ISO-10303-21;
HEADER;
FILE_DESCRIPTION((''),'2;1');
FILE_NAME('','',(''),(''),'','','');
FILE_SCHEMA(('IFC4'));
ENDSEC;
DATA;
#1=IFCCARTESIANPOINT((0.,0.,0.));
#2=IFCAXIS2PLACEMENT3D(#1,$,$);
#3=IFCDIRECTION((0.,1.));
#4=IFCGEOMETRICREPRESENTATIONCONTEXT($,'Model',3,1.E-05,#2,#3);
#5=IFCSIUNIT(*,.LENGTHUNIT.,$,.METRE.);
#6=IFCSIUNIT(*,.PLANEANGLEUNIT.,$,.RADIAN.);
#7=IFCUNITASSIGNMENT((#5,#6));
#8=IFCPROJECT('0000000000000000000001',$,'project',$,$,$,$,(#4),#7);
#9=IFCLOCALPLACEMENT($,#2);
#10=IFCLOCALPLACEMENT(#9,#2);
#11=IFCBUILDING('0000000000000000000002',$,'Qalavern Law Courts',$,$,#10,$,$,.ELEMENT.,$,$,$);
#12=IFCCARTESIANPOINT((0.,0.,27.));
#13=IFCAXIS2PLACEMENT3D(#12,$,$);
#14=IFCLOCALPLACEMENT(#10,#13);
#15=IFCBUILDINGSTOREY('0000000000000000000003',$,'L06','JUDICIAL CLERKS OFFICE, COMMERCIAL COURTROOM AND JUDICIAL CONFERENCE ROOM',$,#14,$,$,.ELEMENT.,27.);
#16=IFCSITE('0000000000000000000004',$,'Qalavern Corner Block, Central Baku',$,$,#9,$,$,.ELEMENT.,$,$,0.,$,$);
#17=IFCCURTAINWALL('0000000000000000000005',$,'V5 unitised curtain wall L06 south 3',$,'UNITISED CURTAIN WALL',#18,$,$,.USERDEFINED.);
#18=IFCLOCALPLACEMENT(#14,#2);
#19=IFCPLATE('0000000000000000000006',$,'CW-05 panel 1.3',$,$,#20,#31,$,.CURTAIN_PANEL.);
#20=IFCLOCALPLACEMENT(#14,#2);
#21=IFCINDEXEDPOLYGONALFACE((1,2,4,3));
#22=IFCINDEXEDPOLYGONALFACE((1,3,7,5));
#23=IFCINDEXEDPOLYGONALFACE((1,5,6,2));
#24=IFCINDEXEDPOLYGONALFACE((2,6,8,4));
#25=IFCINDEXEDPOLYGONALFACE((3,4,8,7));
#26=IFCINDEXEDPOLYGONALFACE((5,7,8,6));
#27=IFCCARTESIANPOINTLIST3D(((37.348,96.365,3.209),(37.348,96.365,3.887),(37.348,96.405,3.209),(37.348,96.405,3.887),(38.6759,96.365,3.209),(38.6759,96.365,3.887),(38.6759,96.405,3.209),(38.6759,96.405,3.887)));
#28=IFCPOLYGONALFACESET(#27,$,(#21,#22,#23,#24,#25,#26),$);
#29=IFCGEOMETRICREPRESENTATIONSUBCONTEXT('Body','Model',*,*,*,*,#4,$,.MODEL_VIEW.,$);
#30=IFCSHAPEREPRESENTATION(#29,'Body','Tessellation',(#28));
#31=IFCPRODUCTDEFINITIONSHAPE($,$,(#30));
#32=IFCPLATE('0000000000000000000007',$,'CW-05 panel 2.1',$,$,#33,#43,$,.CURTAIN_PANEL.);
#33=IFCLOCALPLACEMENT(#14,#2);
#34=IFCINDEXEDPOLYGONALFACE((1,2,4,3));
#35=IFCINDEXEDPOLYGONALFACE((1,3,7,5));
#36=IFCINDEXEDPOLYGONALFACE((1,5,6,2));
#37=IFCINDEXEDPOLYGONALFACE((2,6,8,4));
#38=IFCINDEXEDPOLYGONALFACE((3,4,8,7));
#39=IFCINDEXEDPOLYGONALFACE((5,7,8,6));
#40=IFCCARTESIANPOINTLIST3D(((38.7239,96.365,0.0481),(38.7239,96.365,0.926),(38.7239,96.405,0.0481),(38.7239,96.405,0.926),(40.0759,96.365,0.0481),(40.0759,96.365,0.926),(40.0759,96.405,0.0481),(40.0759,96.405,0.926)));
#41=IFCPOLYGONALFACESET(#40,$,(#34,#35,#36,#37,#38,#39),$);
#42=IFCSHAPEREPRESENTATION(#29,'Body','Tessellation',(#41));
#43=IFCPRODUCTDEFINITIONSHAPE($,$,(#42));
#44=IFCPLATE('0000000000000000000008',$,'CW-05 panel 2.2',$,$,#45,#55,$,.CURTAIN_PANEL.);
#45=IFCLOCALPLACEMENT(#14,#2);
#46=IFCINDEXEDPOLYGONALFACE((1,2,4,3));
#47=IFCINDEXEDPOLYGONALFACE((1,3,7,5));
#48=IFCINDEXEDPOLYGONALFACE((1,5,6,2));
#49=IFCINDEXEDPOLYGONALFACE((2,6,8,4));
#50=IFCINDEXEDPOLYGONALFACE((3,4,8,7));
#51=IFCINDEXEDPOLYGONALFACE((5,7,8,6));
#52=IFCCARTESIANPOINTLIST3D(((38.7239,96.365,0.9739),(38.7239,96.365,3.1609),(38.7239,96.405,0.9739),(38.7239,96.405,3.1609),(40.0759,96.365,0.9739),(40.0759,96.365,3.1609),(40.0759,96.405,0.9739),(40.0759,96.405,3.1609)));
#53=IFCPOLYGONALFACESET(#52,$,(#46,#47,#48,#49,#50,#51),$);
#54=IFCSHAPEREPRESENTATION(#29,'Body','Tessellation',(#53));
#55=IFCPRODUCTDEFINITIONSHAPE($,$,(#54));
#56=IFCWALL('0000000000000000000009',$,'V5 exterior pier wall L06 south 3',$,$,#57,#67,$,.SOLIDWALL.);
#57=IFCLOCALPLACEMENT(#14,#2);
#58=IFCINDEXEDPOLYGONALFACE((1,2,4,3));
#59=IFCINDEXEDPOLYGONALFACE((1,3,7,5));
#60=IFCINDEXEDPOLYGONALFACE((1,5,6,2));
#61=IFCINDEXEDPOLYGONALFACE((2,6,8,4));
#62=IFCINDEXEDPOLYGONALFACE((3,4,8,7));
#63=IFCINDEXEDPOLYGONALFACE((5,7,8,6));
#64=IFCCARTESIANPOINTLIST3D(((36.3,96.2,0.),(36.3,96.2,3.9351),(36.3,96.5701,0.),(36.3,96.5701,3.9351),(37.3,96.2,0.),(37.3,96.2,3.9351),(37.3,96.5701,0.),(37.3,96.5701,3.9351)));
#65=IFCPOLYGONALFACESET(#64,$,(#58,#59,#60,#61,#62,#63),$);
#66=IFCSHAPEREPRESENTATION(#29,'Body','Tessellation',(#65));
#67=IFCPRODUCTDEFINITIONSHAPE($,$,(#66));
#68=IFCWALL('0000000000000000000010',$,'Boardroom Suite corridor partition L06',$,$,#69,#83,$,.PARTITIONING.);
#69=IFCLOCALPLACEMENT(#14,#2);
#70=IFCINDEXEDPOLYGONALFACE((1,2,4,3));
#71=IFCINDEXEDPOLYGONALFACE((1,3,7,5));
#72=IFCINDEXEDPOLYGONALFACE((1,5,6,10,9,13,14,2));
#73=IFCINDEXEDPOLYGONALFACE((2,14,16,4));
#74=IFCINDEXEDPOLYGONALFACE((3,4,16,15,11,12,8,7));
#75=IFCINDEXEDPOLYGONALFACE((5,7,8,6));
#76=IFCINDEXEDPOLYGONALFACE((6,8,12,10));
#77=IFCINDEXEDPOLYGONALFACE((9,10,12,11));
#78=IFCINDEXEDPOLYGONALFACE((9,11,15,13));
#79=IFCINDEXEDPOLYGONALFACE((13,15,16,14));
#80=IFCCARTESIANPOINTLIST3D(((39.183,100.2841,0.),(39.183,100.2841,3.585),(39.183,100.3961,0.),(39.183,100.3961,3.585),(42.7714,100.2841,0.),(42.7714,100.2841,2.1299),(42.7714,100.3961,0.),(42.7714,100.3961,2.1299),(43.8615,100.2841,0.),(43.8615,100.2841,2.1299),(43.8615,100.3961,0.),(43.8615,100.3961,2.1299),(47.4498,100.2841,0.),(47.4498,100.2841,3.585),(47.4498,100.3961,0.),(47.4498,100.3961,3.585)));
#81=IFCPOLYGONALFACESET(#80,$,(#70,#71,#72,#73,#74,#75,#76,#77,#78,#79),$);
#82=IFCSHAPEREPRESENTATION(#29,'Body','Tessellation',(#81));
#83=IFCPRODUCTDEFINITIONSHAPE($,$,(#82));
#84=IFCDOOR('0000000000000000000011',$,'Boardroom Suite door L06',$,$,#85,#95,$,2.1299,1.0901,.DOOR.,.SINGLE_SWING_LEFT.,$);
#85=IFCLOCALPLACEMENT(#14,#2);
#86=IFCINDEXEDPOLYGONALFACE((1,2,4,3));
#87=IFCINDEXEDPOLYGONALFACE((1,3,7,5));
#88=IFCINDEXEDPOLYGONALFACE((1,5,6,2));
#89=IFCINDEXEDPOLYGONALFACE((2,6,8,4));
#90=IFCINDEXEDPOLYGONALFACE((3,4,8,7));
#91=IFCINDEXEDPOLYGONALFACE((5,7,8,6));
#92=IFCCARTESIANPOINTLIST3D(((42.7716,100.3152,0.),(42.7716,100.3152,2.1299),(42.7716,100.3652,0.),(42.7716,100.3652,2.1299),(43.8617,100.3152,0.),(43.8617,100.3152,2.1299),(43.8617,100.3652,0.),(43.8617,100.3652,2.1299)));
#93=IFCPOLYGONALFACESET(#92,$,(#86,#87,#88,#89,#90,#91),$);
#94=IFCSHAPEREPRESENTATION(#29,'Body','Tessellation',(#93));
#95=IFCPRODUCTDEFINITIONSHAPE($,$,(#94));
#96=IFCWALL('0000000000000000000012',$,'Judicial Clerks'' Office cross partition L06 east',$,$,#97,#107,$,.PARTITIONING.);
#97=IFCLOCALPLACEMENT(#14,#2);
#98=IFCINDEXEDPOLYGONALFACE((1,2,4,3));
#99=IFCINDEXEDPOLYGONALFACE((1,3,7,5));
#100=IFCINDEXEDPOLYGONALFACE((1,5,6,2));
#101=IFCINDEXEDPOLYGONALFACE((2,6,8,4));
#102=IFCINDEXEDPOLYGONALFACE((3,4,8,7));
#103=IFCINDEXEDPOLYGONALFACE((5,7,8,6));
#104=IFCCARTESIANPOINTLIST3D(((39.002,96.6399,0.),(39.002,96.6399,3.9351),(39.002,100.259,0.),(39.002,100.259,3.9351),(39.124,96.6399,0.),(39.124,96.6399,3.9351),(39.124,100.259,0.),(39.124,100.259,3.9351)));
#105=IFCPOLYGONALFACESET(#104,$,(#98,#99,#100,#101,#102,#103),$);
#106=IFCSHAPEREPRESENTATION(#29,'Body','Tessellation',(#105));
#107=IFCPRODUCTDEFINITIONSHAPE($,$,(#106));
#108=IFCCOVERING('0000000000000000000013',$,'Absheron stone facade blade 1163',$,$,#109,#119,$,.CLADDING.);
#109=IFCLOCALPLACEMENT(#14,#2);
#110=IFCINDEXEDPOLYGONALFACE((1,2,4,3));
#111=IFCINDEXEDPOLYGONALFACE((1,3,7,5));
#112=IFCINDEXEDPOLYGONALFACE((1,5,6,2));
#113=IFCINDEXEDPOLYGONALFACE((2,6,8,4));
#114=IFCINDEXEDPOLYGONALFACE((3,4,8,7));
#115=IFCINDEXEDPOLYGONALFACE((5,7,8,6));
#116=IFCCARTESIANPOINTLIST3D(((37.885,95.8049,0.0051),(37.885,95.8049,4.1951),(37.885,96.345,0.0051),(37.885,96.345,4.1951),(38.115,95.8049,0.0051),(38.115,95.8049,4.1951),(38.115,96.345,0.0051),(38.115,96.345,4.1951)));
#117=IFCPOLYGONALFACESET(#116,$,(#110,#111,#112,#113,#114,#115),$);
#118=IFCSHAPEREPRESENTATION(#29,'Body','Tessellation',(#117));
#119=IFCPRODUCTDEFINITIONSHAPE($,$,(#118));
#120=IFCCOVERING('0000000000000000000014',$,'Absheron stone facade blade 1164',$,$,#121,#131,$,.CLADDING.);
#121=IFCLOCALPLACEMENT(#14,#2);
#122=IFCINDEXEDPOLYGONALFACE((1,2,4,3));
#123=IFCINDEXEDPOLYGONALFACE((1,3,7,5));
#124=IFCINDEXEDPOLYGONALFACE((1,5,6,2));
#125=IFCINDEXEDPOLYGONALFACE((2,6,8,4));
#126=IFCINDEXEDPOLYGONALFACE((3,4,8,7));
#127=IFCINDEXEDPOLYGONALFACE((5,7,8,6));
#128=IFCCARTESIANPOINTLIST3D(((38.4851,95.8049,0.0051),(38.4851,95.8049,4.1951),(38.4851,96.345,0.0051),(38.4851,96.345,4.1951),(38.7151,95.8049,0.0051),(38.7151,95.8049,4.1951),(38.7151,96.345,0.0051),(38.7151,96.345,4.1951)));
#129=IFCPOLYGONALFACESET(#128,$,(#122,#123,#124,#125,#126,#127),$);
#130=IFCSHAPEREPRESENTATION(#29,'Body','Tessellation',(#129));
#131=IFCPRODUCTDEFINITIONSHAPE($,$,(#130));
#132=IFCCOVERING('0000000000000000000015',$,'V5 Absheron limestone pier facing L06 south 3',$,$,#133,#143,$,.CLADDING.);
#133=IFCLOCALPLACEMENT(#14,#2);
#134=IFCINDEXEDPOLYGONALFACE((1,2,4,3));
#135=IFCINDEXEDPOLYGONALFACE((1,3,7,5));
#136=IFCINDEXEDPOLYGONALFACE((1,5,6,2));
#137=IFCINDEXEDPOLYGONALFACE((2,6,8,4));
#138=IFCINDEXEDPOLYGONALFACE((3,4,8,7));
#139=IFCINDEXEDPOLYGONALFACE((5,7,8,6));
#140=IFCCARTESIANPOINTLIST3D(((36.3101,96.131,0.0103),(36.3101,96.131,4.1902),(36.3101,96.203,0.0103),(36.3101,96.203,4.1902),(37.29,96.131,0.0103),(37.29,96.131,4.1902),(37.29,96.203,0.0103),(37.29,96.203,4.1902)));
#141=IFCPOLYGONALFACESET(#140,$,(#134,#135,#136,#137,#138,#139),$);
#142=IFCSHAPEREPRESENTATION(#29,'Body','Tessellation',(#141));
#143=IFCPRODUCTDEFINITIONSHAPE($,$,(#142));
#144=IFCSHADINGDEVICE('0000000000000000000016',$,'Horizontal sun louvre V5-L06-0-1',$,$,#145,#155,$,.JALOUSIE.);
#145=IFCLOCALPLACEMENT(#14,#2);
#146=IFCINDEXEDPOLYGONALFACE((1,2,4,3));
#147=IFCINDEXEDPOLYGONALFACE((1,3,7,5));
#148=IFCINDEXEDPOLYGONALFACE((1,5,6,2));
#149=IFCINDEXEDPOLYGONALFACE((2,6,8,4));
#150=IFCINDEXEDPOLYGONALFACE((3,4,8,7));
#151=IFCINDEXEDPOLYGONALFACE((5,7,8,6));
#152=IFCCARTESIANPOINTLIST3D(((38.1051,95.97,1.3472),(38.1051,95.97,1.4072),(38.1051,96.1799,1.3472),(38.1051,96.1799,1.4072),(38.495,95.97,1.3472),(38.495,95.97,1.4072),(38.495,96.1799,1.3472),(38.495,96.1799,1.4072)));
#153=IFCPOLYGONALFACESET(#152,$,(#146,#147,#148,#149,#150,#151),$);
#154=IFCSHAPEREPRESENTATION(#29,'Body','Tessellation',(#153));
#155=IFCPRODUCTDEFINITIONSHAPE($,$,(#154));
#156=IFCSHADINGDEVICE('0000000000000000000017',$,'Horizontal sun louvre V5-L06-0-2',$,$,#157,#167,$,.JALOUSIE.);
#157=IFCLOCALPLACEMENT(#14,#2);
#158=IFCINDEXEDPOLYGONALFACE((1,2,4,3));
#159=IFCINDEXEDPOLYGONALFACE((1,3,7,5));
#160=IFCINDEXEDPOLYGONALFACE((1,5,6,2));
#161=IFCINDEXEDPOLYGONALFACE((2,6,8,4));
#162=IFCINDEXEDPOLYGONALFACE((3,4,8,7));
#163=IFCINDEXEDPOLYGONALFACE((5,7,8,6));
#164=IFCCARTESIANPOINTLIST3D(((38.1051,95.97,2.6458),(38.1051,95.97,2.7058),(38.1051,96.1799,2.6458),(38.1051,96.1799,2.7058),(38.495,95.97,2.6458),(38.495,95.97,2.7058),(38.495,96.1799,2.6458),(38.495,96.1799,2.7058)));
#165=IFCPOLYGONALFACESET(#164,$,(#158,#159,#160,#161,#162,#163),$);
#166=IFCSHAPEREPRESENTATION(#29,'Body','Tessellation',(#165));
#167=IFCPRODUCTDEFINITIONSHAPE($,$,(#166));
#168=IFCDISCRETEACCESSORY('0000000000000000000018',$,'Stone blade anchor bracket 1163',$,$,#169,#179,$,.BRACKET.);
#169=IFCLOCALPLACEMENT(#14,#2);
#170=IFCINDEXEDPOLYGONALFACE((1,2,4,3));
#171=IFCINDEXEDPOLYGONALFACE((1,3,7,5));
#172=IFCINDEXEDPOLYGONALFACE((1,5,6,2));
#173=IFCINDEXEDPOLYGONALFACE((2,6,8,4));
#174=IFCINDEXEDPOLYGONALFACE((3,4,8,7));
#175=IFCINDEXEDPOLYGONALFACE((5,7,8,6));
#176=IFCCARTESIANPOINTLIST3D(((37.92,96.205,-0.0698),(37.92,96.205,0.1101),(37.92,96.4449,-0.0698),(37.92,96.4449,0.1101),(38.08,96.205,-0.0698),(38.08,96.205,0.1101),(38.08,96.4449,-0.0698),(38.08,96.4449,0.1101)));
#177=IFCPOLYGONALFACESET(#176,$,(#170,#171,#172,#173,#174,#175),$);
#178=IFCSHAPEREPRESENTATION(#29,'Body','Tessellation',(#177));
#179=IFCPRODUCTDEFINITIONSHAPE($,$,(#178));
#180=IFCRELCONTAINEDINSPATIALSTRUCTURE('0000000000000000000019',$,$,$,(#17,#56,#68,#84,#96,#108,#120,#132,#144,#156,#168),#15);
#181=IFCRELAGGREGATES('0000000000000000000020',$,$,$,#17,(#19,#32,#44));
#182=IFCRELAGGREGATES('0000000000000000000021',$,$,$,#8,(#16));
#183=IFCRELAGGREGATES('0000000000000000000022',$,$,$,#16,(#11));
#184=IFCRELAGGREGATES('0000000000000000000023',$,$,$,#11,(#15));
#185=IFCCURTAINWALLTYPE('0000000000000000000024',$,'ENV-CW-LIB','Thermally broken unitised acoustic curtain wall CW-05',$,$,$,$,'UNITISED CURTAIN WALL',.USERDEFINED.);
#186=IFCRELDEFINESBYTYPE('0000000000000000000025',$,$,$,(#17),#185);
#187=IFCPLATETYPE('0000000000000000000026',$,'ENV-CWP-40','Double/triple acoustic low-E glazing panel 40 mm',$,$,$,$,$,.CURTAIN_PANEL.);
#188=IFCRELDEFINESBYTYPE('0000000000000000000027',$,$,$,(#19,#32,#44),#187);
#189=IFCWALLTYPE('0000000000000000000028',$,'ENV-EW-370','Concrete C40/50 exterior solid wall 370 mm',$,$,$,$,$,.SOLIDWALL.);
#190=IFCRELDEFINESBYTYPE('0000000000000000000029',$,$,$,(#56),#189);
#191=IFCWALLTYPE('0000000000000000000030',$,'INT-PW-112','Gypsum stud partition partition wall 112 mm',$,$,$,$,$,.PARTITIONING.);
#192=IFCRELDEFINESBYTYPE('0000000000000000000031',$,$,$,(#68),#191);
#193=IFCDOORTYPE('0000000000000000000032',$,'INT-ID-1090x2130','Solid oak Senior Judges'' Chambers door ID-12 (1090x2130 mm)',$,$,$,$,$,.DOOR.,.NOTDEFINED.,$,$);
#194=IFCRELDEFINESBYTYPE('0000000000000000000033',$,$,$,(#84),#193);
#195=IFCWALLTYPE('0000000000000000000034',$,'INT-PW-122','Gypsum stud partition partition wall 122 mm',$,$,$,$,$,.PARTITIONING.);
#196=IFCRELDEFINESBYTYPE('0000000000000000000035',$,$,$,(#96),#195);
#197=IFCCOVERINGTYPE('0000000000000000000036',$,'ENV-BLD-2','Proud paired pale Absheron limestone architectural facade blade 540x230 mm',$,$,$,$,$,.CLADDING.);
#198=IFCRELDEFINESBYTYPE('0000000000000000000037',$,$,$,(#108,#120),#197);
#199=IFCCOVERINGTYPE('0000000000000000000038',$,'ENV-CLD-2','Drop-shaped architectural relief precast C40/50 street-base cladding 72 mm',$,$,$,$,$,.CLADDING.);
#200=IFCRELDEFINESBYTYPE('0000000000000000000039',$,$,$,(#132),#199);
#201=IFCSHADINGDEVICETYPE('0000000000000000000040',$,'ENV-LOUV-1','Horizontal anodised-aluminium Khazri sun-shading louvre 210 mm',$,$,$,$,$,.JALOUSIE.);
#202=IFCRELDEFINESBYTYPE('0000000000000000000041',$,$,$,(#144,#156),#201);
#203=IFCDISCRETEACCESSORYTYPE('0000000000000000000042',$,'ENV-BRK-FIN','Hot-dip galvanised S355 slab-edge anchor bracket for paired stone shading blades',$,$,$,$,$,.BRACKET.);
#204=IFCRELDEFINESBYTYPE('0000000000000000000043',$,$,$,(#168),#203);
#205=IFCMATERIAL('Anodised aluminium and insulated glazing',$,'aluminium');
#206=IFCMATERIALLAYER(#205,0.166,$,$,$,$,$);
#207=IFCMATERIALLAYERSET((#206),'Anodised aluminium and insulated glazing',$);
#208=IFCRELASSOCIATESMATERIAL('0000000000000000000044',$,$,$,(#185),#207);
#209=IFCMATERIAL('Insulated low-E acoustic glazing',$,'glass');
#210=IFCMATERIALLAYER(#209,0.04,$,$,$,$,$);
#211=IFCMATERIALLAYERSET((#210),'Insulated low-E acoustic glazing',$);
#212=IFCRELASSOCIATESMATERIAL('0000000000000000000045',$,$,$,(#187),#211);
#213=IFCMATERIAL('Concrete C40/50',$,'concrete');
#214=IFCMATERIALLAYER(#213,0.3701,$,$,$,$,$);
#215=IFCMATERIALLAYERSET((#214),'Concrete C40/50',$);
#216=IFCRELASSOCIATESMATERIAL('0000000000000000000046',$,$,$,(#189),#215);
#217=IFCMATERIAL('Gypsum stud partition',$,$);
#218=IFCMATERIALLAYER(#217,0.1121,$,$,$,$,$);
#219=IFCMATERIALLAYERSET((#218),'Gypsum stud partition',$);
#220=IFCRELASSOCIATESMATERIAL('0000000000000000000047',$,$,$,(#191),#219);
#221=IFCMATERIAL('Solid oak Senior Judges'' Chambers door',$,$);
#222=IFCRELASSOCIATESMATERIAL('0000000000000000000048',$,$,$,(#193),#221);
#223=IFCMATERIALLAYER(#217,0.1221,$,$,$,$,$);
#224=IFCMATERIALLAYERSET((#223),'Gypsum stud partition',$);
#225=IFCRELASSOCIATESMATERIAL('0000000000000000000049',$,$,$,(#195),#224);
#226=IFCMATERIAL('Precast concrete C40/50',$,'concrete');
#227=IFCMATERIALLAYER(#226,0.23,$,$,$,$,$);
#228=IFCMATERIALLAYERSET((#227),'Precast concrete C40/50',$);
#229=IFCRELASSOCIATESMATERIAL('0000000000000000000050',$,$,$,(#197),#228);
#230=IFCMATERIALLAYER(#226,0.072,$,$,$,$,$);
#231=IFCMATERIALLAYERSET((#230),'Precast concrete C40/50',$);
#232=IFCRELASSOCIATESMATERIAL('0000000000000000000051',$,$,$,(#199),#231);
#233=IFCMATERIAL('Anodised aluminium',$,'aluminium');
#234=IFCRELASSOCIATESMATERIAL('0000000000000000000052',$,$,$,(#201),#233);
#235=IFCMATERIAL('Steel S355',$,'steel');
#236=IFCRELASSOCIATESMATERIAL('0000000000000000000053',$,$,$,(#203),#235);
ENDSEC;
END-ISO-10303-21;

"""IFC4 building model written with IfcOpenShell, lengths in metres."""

from ifc_helpers import new_model, si_unit, direction, frame, frame_2d, origin, origin_2d, place, context, subcontext, project, spatial, rectangle, extrude, material, layer, layer_set, type_object, element, fill, aggregate, save


model = new_model("IFC4")

# Units and contexts
model_context = context("Model", 3, precision=1e-05, world=origin(), true_north=direction((0.0, 1.0)))
body_context = subcontext(model_context, "Body", "Model", "MODEL_VIEW")
ifc_project = project(units=[si_unit("LENGTHUNIT", "METRE"), si_unit("PLANEANGLEUNIT", "RADIAN")], contexts=[model_context])

# Site, building, storey
site_placement = place(None, origin())
site = spatial("IfcSite", under=ifc_project, at=site_placement, Name="Qalavern Corner Block, Central Baku", CompositionType="ELEMENT", RefElevation=0.0)
building_placement = place(site_placement, origin())
building = spatial("IfcBuilding", under=site, at=building_placement, Name="Qalavern Law Courts", CompositionType="ELEMENT")
storey_placement = place(building_placement, frame((0.0, 0.0, 27.0)))
storey = spatial("IfcBuildingStorey", under=building, at=storey_placement, Name="L06", Description="JUDICIAL CLERKS OFFICE, COMMERCIAL COURTROOM AND JUDICIAL CONFERENCE ROOM", CompositionType="ELEMENT", Elevation=27.0)

# Shared definitions
ifc_material_1 = material(Name="Anodised aluminium and insulated glazing", Category="aluminium")
ifc_layer_1 = layer(ifc_material_1, 0.166)
ifc_layer_set_1 = layer_set([ifc_layer_1], Name="Anodised aluminium and insulated glazing")
curtain_wall_type = type_object("IfcCurtainWallType", Name="ENV-CW-LIB", Description="Thermally broken unitised acoustic curtain wall CW-05", ElementType="UNITISED CURTAIN WALL", PredefinedType="USERDEFINED", material=ifc_layer_set_1)
ifc_material_2 = material(Name="Anodised aluminium", Category="aluminium")

# Curtain wall
curtain_wall_1_placement = place(storey_placement, origin())
curtain_wall_1 = element("IfcCurtainWall", 1, at=curtain_wall_1_placement, inside=storey, type_object=curtain_wall_type, Name="V5 unitised curtain wall L06 south 3", ObjectType="UNITISED CURTAIN WALL", PredefinedType="USERDEFINED")

# Shared definitions
ifc_material_3 = material(Name="Steel S355", Category="steel")
ifc_material_4 = material(Name="Concrete C40/50", Category="concrete")

# Plates
ifc_material_5 = material(Name="Insulated low-E acoustic glazing", Category="glass")
ifc_layer_2 = layer(ifc_material_5, 0.04)
ifc_layer_set_2 = layer_set([ifc_layer_2], Name="Insulated low-E acoustic glazing")
plate_type_1 = type_object("IfcPlateType", Name="ENV-CWP-40", Description="Double/triple acoustic low-E glazing panel 40 mm", PredefinedType="CURTAIN_PANEL", material=ifc_layer_set_2)
plate_1_placement = place(storey_placement, frame((38.012, 96.385, 3.209), z_axis=(0.0, 0.0, 1.0), x_axis=(1.0, 0.0, 0.0)))
plate_1 = element("IfcPlate", 2, at=plate_1_placement, type_object=plate_type_1, Name="CW-05 panel 1.3", PredefinedType="CURTAIN_PANEL", context=body_context, shape_type="SweptSolid", body=[
    extrude(rectangle(XDim=1.3279, YDim=0.04, at=origin_2d()), origin(), (0.0, 0.0, 1.0), 0.678),
])
plate_2_placement = place(storey_placement, frame((39.3999, 96.385, 0.0481), z_axis=(0.0, 0.0, 1.0), x_axis=(1.0, 0.0, 0.0)))
plate_2 = element("IfcPlate", 3, at=plate_2_placement, type_object=plate_type_1, Name="CW-05 panel 2.1", PredefinedType="CURTAIN_PANEL", context=body_context, shape_type="SweptSolid", body=[
    extrude(rectangle(XDim=1.3521, YDim=0.04, at=origin_2d()), origin(), (0.0, 0.0, 1.0), 0.8779),
])
plate_3_placement = place(storey_placement, frame((39.3999, 96.385, 0.9739), z_axis=(0.0, 0.0, 1.0), x_axis=(1.0, 0.0, 0.0)))
plate_3 = element("IfcPlate", 4, at=plate_3_placement, type_object=plate_type_1, Name="CW-05 panel 2.2", PredefinedType="CURTAIN_PANEL", context=body_context, shape_type="SweptSolid", body=[
    extrude(rectangle(XDim=1.3521, YDim=0.04, at=origin_2d()), origin(), (0.0, 0.0, 1.0), 2.187),
])
aggregate(curtain_wall_1, [plate_1, plate_2, plate_3])

# Wall
ifc_layer_3 = layer(ifc_material_4, 0.3701)
ifc_layer_set_3 = layer_set([ifc_layer_3], Name="Concrete C40/50")
wall_type_1 = type_object("IfcWallType", Name="ENV-EW-370", Description="Concrete C40/50 exterior solid wall 370 mm", PredefinedType="SOLIDWALL", material=ifc_layer_set_3)
wall_1_placement = place(storey_placement, frame((36.3, 96.385, 0.0), z_axis=(0.0, 0.0, 1.0), x_axis=(1.0, 0.0, 0.0)))
element("IfcWall", 5, at=wall_1_placement, inside=storey, type_object=wall_type_1, Name="V5 exterior pier wall L06 south 3", PredefinedType="SOLIDWALL", context=body_context, shape_type="SweptSolid", body=[
    extrude(rectangle(XDim=1.0, YDim=0.3701, at=frame_2d((0.5, 0.0))), origin(), (0.0, 0.0, 1.0), 3.9351),
])

# Wall, opening, door
ifc_material_6 = material(Name="Gypsum stud partition")
ifc_layer_4 = layer(ifc_material_6, 0.1121)
ifc_layer_set_4 = layer_set([ifc_layer_4], Name="Gypsum stud partition")
wall_type_2 = type_object("IfcWallType", Name="INT-PW-112", Description="Gypsum stud partition partition wall 112 mm", PredefinedType="PARTITIONING", material=ifc_layer_set_4)
wall_2_placement = place(storey_placement, frame((39.1831, 100.3401, 0.0), z_axis=(0.0, 0.0, 1.0), x_axis=(1.0, 0.0, 0.0)))
wall_2 = element("IfcWall", 6, at=wall_2_placement, inside=storey, type_object=wall_type_2, Name="Boardroom Suite corridor partition L06", PredefinedType="PARTITIONING", context=body_context, shape_type="SweptSolid", body=[
    extrude(rectangle(XDim=8.2668, YDim=0.1121, at=frame_2d((4.1333, 0.0))), origin(), (0.0, 0.0, 1.0), 3.585),
])
opening_placement = place(wall_2_placement, frame((3.5884, 0.0, 0.0)))
opening = element("IfcOpeningElement", 7, at=opening_placement, cuts=wall_2, PredefinedType="OPENING", context=body_context, shape_type="SweptSolid", body=[
    extrude(rectangle(XDim=1.0901, YDim=2.1299, at=frame_2d((0.5449, 1.0649))), frame((0.0, 0.0708, 0.0), z_axis=(0.0, -1.0, 0.0), x_axis=(1.0, 0.0, 0.0)), (0.0, 0.0, 1.0), 0.1418),
])
ifc_material_7 = material(Name="Solid oak Senior Judges' Chambers door")
door_type = type_object("IfcDoorType", Name="INT-ID-1090x2130", Description="Solid oak Senior Judges' Chambers door ID-12 (1090x2130 mm)", OperationType="NOTDEFINED", PredefinedType="DOOR", material=ifc_material_7)
door_placement = place(opening_placement, frame((1.0901, 0.0, 0.0), z_axis=(0.0, 0.0, 1.0), x_axis=(-1.0, 0.0, 0.0)))
door = element("IfcDoor", 8, at=door_placement, inside=storey, type_object=door_type, Name="Boardroom Suite door L06", OperationType="SINGLE_SWING_LEFT", OverallHeight=2.1299, OverallWidth=1.0901, PredefinedType="DOOR", context=body_context, shape_type="SweptSolid", body=[
    extrude(rectangle(XDim=1.0901, YDim=2.1299, at=frame_2d((0.5449, 1.0649))), frame((0.0, 0.0249, 0.0), z_axis=(0.0, -1.0, 0.0), x_axis=(1.0, 0.0, 0.0)), (0.0, 0.0, 1.0), 0.05),
])
fill(opening, door)

# Wall
ifc_layer_5 = layer(ifc_material_6, 0.1221)
ifc_layer_set_5 = layer_set([ifc_layer_5], Name="Gypsum stud partition")
wall_type_3 = type_object("IfcWallType", Name="INT-PW-122", Description="Gypsum stud partition partition wall 122 mm", PredefinedType="PARTITIONING", material=ifc_layer_set_5)
wall_3_placement = place(storey_placement, frame((39.063, 96.6399, 0.0), z_axis=(0.0, 0.0, 1.0), x_axis=(0.0, 1.0, 0.0)))
element("IfcWall", 9, at=wall_3_placement, inside=storey, type_object=wall_type_3, Name="Judicial Clerks' Office cross partition L06 east", PredefinedType="PARTITIONING", context=body_context, shape_type="SweptSolid", body=[
    extrude(rectangle(XDim=3.6191, YDim=0.1221, at=frame_2d((1.8096, 0.0))), origin(), (0.0, 0.0, 1.0), 3.9351),
])

# Coverings
ifc_material_8 = material(Name="Precast concrete C40/50", Category="concrete")
ifc_layer_6 = layer(ifc_material_8, 0.23)
ifc_layer_set_6 = layer_set([ifc_layer_6], Name="Precast concrete C40/50")
covering_type_1 = type_object("IfcCoveringType", Name="ENV-BLD-2", Description="Proud paired pale Absheron limestone architectural facade blade 540x230 mm", PredefinedType="CLADDING", material=ifc_layer_set_6)
for number, where, z_axis, x_axis, name in (
    (10, (38.0, 96.075, 0.0051), (0.0, 0.0, 1.0), (0.0, -1.0, 0.0), "Absheron stone facade blade 1163"),
    (11, (38.6001, 96.075, 0.0051), (0.0, 0.0, 1.0), (0.0, -1.0, 0.0), "Absheron stone facade blade 1164"),
):
    element("IfcCovering", number, at=place(storey_placement, frame(where, z_axis=z_axis, x_axis=x_axis)), inside=storey, type_object=covering_type_1, Name=name, PredefinedType="CLADDING", context=body_context, shape_type="SweptSolid", body=[
        extrude(rectangle(XDim=0.54, YDim=0.23, at=origin_2d()), origin(), (0.0, 0.0, 1.0), 4.1899),
    ])
ifc_layer_7 = layer(ifc_material_8, 0.072)
ifc_layer_set_7 = layer_set([ifc_layer_7], Name="Precast concrete C40/50")
covering_type_2 = type_object("IfcCoveringType", Name="ENV-CLD-2", Description="Drop-shaped architectural relief precast C40/50 street-base cladding 72 mm", PredefinedType="CLADDING", material=ifc_layer_set_7)
covering_placement = place(storey_placement, frame((36.8, 96.167, 0.0103), z_axis=(0.0, 0.0, 1.0), x_axis=(1.0, 0.0, 0.0)))
element("IfcCovering", 12, at=covering_placement, inside=storey, type_object=covering_type_2, Name="V5 Absheron limestone pier facing L06 south 3", PredefinedType="CLADDING", context=body_context, shape_type="SweptSolid", body=[
    extrude(rectangle(XDim=0.98, YDim=0.072, at=origin_2d()), origin(), (0.0, 0.0, 1.0), 4.1799),
])

# Shading devices
shading_device_type = type_object("IfcShadingDeviceType", Name="ENV-LOUV-1", Description="Horizontal anodised-aluminium Khazri sun-shading louvre 210 mm", PredefinedType="JALOUSIE", material=ifc_material_2)
for number, where, z_axis, x_axis, name in (
    (13, (38.3, 96.075, 1.3472), (0.0, 0.0, 1.0), (1.0, 0.0, 0.0), "Horizontal sun louvre V5-L06-0-1"),
    (14, (38.3, 96.075, 2.6458), (0.0, 0.0, 1.0), (1.0, 0.0, 0.0), "Horizontal sun louvre V5-L06-0-2"),
):
    element("IfcShadingDevice", number, at=place(storey_placement, frame(where, z_axis=z_axis, x_axis=x_axis)), inside=storey, type_object=shading_device_type, Name=name, PredefinedType="JALOUSIE", context=body_context, shape_type="SweptSolid", body=[
        extrude(rectangle(XDim=0.3899, YDim=0.21, at=origin_2d()), origin(), (0.0, 0.0, 1.0), 0.0601),
    ])

# Discrete accessory
discrete_accessory_type = type_object("IfcDiscreteAccessoryType", Name="ENV-BRK-FIN", Description="Hot-dip galvanised S355 slab-edge anchor bracket for paired stone shading blades", PredefinedType="BRACKET", material=ifc_material_3)
for number, where, z_axis, x_axis, name in (
    (15, (38.0, 96.325, -0.0698), (0.0, 0.0, 1.0), (0.0, -1.0, 0.0), "Stone blade anchor bracket 1163"),
):
    element("IfcDiscreteAccessory", number, at=place(storey_placement, frame(where, z_axis=z_axis, x_axis=x_axis)), inside=storey, type_object=discrete_accessory_type, Name=name, PredefinedType="BRACKET", context=body_context, shape_type="SweptSolid", body=[
        extrude(rectangle(XDim=0.24, YDim=0.1599, at=origin_2d()), origin(), (0.0, 0.0, 1.0), 0.1799),
    ])

save(model, "model.ifc")
